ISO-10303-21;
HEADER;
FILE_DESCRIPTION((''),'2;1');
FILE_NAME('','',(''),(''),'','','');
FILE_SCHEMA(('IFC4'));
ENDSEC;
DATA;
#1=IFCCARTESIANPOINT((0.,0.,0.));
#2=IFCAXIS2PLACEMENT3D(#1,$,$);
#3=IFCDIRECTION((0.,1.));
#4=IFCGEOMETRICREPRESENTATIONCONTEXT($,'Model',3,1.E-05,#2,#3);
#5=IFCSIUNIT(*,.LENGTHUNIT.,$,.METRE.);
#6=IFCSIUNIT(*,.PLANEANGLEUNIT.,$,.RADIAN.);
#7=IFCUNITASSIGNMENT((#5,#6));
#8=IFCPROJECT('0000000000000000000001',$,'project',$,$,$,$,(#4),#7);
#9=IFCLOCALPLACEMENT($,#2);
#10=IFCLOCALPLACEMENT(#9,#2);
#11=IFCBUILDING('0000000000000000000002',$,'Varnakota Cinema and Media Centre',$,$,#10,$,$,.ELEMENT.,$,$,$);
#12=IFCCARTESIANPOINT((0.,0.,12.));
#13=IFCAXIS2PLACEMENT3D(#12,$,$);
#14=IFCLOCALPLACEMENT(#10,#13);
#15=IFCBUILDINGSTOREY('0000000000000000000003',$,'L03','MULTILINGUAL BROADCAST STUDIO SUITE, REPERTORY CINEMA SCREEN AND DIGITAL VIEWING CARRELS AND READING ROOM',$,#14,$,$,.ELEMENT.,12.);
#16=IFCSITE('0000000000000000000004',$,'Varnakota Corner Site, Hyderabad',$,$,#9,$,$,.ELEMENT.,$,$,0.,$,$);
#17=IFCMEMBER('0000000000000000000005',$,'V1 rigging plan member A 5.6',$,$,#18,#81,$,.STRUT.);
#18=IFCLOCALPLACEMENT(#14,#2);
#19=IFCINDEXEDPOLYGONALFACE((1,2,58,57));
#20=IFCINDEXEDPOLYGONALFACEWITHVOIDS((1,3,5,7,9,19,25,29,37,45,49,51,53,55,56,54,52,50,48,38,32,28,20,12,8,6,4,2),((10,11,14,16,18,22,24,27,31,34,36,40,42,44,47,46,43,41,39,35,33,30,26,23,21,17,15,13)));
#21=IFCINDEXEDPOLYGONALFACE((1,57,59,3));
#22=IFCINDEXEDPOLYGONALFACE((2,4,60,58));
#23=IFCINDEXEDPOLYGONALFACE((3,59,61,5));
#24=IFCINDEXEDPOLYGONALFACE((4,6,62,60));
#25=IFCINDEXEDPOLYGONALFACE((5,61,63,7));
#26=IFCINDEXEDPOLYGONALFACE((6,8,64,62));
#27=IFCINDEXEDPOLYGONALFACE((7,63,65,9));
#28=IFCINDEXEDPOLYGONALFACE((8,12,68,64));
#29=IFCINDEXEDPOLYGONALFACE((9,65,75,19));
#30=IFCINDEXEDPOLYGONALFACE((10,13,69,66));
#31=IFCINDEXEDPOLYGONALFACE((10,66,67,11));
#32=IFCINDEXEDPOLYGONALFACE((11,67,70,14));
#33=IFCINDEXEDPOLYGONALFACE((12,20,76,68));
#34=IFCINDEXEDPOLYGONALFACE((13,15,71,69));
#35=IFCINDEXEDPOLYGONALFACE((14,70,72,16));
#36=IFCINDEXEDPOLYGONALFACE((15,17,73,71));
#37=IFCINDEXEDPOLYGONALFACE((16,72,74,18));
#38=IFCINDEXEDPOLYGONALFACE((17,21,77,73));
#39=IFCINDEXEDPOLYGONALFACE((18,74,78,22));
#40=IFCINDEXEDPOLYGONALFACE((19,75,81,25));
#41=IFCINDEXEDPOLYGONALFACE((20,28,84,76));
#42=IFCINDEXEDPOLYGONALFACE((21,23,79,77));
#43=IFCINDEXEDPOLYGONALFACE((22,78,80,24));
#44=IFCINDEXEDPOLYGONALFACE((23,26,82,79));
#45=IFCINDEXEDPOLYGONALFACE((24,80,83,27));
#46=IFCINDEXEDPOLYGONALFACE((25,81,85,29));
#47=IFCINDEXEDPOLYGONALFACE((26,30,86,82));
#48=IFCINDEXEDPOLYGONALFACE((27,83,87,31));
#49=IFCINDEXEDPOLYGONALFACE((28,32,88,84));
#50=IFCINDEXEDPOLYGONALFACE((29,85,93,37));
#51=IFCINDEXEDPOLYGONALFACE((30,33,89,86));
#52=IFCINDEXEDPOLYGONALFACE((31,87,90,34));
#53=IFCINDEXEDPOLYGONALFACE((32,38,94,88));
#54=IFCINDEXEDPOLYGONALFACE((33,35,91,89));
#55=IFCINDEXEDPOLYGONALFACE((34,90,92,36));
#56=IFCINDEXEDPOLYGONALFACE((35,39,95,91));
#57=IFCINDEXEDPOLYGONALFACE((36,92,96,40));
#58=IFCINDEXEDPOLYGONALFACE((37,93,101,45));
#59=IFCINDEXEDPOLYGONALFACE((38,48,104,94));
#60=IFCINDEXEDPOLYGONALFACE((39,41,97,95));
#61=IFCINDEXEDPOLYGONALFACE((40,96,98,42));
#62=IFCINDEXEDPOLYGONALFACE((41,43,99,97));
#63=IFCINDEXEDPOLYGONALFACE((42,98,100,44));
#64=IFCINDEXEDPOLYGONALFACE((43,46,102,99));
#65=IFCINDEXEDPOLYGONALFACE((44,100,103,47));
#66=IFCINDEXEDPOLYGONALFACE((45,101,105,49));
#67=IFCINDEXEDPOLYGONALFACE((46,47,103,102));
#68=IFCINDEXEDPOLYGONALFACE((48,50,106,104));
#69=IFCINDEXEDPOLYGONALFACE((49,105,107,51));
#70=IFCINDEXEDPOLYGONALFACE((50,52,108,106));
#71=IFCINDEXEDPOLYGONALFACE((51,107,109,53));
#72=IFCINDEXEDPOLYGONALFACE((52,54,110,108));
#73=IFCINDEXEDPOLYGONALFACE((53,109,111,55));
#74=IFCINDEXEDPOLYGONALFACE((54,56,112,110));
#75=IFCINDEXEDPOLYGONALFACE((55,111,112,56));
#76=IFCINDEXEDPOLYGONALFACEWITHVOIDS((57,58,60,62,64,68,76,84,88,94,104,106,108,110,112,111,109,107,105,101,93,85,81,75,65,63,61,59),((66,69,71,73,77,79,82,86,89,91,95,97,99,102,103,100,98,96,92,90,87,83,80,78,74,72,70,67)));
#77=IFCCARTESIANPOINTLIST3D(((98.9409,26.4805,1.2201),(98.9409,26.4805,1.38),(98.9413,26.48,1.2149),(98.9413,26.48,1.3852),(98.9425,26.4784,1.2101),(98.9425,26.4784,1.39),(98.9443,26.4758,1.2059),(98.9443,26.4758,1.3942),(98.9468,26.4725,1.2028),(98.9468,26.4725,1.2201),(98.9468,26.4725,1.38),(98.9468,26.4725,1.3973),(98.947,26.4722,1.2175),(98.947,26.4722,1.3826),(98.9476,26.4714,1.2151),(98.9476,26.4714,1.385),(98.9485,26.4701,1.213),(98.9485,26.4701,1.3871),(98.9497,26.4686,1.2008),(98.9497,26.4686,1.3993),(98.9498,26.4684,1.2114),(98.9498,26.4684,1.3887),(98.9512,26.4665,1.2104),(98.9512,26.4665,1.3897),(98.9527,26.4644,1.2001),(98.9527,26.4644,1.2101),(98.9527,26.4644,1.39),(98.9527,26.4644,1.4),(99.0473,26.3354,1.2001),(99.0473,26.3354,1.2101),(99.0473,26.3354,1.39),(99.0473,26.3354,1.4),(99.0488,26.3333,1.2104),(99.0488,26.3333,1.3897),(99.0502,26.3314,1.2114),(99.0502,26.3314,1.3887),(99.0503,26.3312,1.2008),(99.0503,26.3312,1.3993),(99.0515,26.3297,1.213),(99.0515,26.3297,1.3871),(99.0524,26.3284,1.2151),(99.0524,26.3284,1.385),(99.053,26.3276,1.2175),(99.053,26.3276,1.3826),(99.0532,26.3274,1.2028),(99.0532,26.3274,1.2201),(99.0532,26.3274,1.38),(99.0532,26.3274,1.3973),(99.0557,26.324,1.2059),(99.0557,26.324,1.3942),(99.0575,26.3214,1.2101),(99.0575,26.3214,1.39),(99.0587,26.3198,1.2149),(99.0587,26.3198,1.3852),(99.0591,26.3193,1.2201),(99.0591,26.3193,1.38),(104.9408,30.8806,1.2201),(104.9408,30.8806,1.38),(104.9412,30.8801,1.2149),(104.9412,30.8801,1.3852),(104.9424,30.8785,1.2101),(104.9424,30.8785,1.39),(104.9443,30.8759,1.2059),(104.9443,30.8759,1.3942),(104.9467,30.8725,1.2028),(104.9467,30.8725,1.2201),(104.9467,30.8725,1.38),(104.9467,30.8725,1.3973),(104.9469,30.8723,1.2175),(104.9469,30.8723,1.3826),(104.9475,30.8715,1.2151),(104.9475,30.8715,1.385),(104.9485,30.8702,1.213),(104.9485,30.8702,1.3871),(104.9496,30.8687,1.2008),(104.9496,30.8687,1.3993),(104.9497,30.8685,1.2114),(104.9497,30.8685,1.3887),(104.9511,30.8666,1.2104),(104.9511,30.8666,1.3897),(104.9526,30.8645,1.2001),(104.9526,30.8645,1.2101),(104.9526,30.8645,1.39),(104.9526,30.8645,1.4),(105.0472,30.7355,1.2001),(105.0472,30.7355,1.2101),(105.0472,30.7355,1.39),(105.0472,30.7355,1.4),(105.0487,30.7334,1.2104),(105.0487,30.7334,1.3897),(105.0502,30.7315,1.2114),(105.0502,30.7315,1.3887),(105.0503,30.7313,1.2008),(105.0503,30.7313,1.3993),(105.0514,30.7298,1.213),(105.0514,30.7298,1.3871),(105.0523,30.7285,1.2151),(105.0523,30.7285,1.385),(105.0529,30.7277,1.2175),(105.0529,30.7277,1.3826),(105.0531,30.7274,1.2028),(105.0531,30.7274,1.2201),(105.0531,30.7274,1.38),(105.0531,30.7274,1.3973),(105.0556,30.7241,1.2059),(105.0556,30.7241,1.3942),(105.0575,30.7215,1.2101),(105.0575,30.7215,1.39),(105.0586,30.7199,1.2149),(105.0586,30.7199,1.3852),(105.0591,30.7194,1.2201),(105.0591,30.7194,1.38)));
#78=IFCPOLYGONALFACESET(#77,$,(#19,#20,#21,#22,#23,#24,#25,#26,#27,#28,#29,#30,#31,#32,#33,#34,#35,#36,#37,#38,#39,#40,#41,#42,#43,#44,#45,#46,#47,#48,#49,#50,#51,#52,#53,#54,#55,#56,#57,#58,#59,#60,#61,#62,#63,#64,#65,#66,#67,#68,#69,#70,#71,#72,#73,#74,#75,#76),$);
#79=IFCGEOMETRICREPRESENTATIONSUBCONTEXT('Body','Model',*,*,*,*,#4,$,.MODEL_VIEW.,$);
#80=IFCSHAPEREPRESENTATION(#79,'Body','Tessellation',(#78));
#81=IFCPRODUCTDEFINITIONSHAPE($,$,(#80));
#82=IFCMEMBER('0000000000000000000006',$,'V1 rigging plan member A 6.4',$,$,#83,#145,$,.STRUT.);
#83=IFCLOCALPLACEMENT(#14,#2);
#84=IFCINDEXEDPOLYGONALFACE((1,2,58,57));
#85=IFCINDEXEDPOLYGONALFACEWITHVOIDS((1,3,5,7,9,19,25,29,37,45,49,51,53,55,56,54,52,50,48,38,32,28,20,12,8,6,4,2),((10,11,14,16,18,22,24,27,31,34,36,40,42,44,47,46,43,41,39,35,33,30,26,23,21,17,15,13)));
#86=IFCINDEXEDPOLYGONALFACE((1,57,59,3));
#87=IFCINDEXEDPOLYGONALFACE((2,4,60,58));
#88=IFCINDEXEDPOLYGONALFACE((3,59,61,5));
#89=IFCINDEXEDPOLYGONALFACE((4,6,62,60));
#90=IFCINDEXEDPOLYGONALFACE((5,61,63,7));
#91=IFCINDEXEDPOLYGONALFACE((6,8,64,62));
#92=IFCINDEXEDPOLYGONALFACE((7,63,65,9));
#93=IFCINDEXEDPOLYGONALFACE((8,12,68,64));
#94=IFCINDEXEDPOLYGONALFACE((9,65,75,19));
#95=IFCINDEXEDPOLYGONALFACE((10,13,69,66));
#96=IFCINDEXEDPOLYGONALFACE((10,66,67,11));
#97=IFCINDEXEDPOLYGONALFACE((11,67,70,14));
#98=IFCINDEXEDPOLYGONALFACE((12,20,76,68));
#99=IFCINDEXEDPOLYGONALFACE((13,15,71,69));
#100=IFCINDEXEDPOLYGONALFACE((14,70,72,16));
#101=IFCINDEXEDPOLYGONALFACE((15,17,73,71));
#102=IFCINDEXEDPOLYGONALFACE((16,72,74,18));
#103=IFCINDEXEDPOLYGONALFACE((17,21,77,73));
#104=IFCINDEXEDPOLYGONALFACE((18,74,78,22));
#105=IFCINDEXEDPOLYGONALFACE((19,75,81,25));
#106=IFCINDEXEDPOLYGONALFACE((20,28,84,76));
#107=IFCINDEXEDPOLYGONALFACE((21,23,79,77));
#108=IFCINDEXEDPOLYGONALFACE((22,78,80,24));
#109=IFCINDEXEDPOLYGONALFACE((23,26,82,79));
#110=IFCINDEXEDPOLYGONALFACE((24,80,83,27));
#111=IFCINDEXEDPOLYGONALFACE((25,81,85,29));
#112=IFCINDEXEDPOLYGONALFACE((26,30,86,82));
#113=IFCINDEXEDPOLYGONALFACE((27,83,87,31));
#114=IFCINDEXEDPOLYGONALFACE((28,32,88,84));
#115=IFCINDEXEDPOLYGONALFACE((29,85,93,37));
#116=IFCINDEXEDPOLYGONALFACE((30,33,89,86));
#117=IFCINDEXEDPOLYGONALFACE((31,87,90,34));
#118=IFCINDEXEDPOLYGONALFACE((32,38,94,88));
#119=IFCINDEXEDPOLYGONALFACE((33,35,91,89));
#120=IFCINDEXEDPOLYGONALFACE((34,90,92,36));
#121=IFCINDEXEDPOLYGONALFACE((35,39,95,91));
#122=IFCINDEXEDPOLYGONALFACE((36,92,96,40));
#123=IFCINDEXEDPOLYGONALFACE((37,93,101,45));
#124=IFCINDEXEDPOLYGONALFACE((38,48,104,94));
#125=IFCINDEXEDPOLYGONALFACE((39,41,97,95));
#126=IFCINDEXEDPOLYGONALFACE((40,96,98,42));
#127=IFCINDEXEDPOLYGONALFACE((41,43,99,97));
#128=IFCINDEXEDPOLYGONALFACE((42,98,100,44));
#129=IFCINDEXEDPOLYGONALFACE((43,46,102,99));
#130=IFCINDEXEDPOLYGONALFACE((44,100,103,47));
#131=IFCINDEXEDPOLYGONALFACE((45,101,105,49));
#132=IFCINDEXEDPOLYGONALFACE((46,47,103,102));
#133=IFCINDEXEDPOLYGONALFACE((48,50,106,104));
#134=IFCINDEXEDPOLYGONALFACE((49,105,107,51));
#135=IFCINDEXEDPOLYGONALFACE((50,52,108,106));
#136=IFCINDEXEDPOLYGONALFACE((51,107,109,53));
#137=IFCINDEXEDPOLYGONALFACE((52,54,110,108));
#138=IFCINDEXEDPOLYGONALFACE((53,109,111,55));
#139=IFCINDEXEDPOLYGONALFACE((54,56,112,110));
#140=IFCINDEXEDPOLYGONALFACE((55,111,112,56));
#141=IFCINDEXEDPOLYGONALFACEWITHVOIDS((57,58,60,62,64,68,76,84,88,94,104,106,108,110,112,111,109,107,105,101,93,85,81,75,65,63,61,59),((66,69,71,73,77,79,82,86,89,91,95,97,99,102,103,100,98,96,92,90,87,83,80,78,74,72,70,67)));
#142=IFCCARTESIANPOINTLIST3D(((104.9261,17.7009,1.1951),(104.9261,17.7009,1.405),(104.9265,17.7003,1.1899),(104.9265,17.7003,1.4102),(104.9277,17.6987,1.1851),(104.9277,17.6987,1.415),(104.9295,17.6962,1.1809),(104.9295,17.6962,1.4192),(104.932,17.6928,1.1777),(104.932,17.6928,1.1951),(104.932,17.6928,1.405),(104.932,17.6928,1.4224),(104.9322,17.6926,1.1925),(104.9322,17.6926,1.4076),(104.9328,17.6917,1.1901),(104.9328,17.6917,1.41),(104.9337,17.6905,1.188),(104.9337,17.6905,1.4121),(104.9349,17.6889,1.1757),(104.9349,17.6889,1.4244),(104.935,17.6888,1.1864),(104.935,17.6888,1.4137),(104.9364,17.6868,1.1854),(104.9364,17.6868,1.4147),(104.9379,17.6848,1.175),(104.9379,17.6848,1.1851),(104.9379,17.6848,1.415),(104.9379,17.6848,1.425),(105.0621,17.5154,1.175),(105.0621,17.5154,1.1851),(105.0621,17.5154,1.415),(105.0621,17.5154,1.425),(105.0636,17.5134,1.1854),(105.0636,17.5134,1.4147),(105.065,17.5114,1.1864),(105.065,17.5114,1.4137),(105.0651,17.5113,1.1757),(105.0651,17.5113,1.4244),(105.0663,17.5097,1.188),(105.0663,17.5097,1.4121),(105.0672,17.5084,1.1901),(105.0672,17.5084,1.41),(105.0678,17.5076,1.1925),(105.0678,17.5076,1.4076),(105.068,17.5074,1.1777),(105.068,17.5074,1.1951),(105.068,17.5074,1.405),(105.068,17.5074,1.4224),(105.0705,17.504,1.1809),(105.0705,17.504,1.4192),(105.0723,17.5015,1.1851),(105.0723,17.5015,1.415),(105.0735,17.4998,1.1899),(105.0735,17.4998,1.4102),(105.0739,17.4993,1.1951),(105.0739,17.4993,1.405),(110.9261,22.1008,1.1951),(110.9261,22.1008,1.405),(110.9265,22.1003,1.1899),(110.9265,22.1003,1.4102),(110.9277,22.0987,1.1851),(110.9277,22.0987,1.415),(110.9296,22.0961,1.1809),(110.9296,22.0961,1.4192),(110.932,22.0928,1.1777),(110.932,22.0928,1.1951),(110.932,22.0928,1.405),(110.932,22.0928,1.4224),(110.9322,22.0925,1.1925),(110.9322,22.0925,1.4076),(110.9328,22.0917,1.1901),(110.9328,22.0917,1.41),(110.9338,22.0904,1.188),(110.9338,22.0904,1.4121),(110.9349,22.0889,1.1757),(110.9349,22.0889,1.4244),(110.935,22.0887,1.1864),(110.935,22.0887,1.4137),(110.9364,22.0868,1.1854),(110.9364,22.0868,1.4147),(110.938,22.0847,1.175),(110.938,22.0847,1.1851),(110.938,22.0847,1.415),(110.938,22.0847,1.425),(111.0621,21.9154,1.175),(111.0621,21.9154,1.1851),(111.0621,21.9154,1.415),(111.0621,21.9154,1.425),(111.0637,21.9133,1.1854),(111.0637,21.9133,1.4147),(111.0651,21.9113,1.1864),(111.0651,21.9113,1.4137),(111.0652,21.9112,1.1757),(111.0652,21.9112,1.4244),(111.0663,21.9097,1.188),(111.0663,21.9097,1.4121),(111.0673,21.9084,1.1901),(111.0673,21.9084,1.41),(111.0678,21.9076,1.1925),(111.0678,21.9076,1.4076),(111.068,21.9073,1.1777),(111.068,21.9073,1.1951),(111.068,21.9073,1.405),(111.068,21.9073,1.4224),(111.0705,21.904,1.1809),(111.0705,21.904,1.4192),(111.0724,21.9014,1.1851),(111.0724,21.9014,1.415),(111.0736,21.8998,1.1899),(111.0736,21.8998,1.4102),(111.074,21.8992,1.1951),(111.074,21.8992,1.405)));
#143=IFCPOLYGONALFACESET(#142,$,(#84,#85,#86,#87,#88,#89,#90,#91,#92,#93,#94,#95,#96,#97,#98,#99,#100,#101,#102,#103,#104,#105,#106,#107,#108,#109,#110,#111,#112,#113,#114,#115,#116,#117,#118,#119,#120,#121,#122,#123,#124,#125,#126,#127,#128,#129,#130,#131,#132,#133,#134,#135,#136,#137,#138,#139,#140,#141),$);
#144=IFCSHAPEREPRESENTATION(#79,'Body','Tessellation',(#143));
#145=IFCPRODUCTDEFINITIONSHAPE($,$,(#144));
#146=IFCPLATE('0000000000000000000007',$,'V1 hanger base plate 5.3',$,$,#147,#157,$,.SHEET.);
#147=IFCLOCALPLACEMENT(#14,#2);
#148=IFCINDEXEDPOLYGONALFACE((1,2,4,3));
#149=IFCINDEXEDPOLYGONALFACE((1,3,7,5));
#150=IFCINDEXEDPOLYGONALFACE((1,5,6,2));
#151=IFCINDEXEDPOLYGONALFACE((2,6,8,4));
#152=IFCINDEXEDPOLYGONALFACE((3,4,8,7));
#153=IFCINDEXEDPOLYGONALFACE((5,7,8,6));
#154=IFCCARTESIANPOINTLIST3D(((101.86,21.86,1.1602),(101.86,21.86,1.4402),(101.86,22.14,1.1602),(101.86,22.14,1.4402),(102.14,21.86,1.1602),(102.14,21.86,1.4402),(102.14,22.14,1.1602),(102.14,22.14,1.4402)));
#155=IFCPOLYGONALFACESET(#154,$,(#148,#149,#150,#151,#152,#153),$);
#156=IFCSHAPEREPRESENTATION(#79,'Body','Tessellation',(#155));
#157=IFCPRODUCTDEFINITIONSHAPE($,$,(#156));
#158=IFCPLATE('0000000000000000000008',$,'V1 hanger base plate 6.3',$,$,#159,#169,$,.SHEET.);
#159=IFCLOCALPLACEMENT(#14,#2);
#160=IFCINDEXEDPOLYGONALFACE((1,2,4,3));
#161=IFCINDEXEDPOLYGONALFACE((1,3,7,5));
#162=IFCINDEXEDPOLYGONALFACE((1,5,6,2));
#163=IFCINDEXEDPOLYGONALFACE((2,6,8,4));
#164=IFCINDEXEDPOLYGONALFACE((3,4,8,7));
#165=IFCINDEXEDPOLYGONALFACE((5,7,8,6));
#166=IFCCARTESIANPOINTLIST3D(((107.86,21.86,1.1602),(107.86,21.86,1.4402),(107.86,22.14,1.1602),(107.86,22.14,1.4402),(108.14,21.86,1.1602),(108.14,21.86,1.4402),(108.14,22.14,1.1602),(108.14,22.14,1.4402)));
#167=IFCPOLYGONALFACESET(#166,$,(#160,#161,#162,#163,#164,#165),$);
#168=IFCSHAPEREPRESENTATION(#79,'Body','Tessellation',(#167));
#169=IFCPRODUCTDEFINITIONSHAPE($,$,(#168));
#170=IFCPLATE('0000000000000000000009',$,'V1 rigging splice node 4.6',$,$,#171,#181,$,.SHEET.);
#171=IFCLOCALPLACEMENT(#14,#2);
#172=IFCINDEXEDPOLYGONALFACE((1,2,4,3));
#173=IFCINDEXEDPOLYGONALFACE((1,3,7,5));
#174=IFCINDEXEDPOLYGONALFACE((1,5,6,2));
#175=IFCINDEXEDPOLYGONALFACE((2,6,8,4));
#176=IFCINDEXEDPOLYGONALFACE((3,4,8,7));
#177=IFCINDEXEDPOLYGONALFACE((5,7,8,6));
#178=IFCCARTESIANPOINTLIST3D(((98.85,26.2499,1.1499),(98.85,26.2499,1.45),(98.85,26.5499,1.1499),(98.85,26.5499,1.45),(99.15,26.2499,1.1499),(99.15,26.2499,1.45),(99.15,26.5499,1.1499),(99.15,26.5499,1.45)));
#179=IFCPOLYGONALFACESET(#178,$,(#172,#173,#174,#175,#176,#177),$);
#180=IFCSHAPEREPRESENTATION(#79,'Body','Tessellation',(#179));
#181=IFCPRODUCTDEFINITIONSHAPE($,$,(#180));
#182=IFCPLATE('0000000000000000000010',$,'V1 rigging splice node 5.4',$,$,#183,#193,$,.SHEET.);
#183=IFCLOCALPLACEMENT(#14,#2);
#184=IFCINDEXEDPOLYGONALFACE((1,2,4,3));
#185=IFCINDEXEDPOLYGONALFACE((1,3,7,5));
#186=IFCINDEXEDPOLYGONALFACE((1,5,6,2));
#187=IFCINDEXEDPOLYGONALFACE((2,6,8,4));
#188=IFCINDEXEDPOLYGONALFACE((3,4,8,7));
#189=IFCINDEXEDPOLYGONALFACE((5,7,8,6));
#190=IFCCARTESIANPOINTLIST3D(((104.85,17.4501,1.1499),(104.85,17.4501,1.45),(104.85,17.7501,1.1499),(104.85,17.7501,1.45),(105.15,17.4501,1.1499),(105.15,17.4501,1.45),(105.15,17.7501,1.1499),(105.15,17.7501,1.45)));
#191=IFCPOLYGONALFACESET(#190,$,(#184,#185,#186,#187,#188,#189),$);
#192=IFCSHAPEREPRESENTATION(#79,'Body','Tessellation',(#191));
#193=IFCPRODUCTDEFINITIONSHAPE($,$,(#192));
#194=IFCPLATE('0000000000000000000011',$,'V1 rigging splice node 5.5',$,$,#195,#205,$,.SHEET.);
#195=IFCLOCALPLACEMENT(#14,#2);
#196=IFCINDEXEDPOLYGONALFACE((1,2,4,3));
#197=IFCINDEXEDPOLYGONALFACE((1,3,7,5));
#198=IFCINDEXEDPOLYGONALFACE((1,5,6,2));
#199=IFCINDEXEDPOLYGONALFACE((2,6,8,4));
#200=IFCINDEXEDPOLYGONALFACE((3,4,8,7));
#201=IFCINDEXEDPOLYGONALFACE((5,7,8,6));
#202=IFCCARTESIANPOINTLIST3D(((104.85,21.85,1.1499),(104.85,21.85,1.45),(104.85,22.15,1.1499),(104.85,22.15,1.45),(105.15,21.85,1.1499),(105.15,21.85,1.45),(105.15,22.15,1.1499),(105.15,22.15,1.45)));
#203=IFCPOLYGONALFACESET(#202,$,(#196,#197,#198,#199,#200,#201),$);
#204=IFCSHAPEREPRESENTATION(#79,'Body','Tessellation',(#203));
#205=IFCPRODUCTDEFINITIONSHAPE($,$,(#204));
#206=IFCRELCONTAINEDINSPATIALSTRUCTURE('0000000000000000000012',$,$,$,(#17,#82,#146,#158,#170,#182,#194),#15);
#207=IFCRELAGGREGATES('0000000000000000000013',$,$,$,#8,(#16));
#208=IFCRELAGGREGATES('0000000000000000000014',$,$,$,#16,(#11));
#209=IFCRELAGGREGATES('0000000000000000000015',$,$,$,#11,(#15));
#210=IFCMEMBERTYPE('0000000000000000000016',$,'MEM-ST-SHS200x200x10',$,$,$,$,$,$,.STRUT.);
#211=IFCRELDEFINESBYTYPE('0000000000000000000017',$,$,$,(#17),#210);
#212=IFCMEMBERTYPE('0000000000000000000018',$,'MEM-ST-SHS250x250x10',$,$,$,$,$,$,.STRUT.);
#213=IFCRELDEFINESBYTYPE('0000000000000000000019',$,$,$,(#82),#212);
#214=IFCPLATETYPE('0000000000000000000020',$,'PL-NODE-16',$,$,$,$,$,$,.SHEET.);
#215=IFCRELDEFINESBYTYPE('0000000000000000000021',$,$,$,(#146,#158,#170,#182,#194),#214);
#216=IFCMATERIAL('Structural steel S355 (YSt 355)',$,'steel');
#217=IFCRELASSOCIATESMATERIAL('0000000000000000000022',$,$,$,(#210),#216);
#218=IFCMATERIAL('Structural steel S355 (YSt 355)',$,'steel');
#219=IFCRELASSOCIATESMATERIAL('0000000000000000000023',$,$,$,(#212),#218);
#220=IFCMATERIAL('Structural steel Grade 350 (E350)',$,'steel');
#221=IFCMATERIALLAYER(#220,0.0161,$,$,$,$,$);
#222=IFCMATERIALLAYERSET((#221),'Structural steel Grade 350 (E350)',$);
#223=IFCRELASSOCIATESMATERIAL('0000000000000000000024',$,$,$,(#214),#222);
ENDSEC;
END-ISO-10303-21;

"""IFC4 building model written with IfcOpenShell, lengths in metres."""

from ifc_helpers import new_model, si_unit, direction, frame, origin, origin_2d, place, context, subcontext, project, spatial, rectangle, hollow_rectangle, extrude, material, layer, layer_set, material_profile, profile_set, type_object, element, save


model = new_model("IFC4")

# Units and contexts
model_context = context("Model", 3, precision=1e-05, world=origin(), true_north=direction((0.0, 1.0)))
body_context = subcontext(model_context, "Body", "Model", "MODEL_VIEW")
ifc_project = project(units=[si_unit("LENGTHUNIT", "METRE"), si_unit("PLANEANGLEUNIT", "RADIAN")], contexts=[model_context])

# Site, building, storey
site_placement = place(None, origin())
site = spatial("IfcSite", under=ifc_project, at=site_placement, Name="Varnakota Corner Site, Hyderabad", CompositionType="ELEMENT", RefElevation=0.0)
building_placement = place(site_placement, origin())
building = spatial("IfcBuilding", under=site, at=building_placement, Name="Varnakota Cinema and Media Centre", CompositionType="ELEMENT")
storey_placement = place(building_placement, frame((0.0, 0.0, 12.0)))
storey = spatial("IfcBuildingStorey", under=building, at=storey_placement, Name="L03", Description="MULTILINGUAL BROADCAST STUDIO SUITE, REPERTORY CINEMA SCREEN AND DIGITAL VIEWING CARRELS AND READING ROOM", CompositionType="ELEMENT", Elevation=12.0)

# Members
ifc_material_1 = material(Name="Structural steel S355 (YSt 355)", Category="steel")
ifc_material_profile_1 = material_profile(ifc_material_1, hollow_rectangle(XDim=0.2, YDim=0.2, WallThickness=0.01, InnerFilletRadius=0.01, OuterFilletRadius=0.02, at=origin_2d()), Name="SHS 200x200x10")
ifc_profile_set_1 = profile_set([ifc_material_profile_1], Name="Structural steel S355 (YSt 355)")
member_type_1 = type_object("IfcMemberType", Name="MEM-ST-SHS200x200x10", PredefinedType="STRUT", material=ifc_profile_set_1)
member_1_placement = place(storey_placement, frame((99.0, 26.3999, 1.3), z_axis=(0.806396, 0.591376, 0.0), x_axis=(-0.591376, 0.806396, 0.0)))
element("IfcMember", 1, at=member_1_placement, inside=storey, type_object=member_type_1, Name="V1 rigging plan member A 5.6", PredefinedType="STRUT", context=body_context, shape_type="SweptSolid", body=[
    extrude(hollow_rectangle(XDim=0.2, YDim=0.2, WallThickness=0.01, InnerFilletRadius=0.01, OuterFilletRadius=0.02, at=origin_2d()), origin(), (0.0, 0.0, 1.0), 7.4404),
])
ifc_material_2 = material(Name="Structural steel S355 (YSt 355)", Category="steel")
ifc_material_profile_2 = material_profile(ifc_material_2, hollow_rectangle(XDim=0.25, YDim=0.25, WallThickness=0.01, InnerFilletRadius=0.01, OuterFilletRadius=0.02, at=origin_2d()), Name="SHS 250x250x10")
ifc_profile_set_2 = profile_set([ifc_material_profile_2], Name="Structural steel S355 (YSt 355)")
member_type_2 = type_object("IfcMemberType", Name="MEM-ST-SHS250x250x10", PredefinedType="STRUT", material=ifc_profile_set_2)
member_2_placement = place(storey_placement, frame((105.0, 17.6001, 1.3), z_axis=(0.806411, 0.591355, 0.0), x_axis=(-0.591355, 0.806411, 0.0)))
element("IfcMember", 2, at=member_2_placement, inside=storey, type_object=member_type_2, Name="V1 rigging plan member A 6.4", PredefinedType="STRUT", context=body_context, shape_type="SweptSolid", body=[
    extrude(hollow_rectangle(XDim=0.25, YDim=0.25, WallThickness=0.01, InnerFilletRadius=0.01, OuterFilletRadius=0.02, at=origin_2d()), origin(), (0.0, 0.0, 1.0), 7.4404),
])

# Plates
ifc_material_3 = material(Name="Structural steel Grade 350 (E350)", Category="steel")
ifc_layer = layer(ifc_material_3, 0.0161)
ifc_layer_set = layer_set([ifc_layer], Name="Structural steel Grade 350 (E350)")
plate_type = type_object("IfcPlateType", Name="PL-NODE-16", PredefinedType="SHEET", material=ifc_layer_set)
for number, where, z_axis, x_axis, name in (
    (3, (102.0, 22.0, 1.1602), (0.0, 0.0, 1.0), (1.0, 0.0, 0.0), "V1 hanger base plate 5.3"),
    (4, (108.0, 22.0, 1.1602), (0.0, 0.0, 1.0), (1.0, 0.0, 0.0), "V1 hanger base plate 6.3"),
):
    element("IfcPlate", number, at=place(storey_placement, frame(where, z_axis=z_axis, x_axis=x_axis)), inside=storey, type_object=plate_type, Name=name, PredefinedType="SHEET", context=body_context, shape_type="SweptSolid", body=[
        extrude(rectangle(XDim=0.28, YDim=0.28, at=origin_2d()), origin(), (0.0, 0.0, 1.0), 0.28),
    ])
for number, where, z_axis, x_axis, name in (
    (5, (99.0, 26.3999, 1.1499), (0.0, 0.0, 1.0), (1.0, 0.0, 0.0), "V1 rigging splice node 4.6"),
    (6, (105.0, 17.6001, 1.1499), (0.0, 0.0, 1.0), (1.0, 0.0, 0.0), "V1 rigging splice node 5.4"),
    (7, (105.0, 22.0, 1.1499), (0.0, 0.0, 1.0), (1.0, 0.0, 0.0), "V1 rigging splice node 5.5"),
):
    element("IfcPlate", number, at=place(storey_placement, frame(where, z_axis=z_axis, x_axis=x_axis)), inside=storey, type_object=plate_type, Name=name, PredefinedType="SHEET", context=body_context, shape_type="SweptSolid", body=[
        extrude(rectangle(XDim=0.3, YDim=0.3, at=origin_2d()), origin(), (0.0, 0.0, 1.0), 0.3),
    ])

save(model, "model.ifc")
